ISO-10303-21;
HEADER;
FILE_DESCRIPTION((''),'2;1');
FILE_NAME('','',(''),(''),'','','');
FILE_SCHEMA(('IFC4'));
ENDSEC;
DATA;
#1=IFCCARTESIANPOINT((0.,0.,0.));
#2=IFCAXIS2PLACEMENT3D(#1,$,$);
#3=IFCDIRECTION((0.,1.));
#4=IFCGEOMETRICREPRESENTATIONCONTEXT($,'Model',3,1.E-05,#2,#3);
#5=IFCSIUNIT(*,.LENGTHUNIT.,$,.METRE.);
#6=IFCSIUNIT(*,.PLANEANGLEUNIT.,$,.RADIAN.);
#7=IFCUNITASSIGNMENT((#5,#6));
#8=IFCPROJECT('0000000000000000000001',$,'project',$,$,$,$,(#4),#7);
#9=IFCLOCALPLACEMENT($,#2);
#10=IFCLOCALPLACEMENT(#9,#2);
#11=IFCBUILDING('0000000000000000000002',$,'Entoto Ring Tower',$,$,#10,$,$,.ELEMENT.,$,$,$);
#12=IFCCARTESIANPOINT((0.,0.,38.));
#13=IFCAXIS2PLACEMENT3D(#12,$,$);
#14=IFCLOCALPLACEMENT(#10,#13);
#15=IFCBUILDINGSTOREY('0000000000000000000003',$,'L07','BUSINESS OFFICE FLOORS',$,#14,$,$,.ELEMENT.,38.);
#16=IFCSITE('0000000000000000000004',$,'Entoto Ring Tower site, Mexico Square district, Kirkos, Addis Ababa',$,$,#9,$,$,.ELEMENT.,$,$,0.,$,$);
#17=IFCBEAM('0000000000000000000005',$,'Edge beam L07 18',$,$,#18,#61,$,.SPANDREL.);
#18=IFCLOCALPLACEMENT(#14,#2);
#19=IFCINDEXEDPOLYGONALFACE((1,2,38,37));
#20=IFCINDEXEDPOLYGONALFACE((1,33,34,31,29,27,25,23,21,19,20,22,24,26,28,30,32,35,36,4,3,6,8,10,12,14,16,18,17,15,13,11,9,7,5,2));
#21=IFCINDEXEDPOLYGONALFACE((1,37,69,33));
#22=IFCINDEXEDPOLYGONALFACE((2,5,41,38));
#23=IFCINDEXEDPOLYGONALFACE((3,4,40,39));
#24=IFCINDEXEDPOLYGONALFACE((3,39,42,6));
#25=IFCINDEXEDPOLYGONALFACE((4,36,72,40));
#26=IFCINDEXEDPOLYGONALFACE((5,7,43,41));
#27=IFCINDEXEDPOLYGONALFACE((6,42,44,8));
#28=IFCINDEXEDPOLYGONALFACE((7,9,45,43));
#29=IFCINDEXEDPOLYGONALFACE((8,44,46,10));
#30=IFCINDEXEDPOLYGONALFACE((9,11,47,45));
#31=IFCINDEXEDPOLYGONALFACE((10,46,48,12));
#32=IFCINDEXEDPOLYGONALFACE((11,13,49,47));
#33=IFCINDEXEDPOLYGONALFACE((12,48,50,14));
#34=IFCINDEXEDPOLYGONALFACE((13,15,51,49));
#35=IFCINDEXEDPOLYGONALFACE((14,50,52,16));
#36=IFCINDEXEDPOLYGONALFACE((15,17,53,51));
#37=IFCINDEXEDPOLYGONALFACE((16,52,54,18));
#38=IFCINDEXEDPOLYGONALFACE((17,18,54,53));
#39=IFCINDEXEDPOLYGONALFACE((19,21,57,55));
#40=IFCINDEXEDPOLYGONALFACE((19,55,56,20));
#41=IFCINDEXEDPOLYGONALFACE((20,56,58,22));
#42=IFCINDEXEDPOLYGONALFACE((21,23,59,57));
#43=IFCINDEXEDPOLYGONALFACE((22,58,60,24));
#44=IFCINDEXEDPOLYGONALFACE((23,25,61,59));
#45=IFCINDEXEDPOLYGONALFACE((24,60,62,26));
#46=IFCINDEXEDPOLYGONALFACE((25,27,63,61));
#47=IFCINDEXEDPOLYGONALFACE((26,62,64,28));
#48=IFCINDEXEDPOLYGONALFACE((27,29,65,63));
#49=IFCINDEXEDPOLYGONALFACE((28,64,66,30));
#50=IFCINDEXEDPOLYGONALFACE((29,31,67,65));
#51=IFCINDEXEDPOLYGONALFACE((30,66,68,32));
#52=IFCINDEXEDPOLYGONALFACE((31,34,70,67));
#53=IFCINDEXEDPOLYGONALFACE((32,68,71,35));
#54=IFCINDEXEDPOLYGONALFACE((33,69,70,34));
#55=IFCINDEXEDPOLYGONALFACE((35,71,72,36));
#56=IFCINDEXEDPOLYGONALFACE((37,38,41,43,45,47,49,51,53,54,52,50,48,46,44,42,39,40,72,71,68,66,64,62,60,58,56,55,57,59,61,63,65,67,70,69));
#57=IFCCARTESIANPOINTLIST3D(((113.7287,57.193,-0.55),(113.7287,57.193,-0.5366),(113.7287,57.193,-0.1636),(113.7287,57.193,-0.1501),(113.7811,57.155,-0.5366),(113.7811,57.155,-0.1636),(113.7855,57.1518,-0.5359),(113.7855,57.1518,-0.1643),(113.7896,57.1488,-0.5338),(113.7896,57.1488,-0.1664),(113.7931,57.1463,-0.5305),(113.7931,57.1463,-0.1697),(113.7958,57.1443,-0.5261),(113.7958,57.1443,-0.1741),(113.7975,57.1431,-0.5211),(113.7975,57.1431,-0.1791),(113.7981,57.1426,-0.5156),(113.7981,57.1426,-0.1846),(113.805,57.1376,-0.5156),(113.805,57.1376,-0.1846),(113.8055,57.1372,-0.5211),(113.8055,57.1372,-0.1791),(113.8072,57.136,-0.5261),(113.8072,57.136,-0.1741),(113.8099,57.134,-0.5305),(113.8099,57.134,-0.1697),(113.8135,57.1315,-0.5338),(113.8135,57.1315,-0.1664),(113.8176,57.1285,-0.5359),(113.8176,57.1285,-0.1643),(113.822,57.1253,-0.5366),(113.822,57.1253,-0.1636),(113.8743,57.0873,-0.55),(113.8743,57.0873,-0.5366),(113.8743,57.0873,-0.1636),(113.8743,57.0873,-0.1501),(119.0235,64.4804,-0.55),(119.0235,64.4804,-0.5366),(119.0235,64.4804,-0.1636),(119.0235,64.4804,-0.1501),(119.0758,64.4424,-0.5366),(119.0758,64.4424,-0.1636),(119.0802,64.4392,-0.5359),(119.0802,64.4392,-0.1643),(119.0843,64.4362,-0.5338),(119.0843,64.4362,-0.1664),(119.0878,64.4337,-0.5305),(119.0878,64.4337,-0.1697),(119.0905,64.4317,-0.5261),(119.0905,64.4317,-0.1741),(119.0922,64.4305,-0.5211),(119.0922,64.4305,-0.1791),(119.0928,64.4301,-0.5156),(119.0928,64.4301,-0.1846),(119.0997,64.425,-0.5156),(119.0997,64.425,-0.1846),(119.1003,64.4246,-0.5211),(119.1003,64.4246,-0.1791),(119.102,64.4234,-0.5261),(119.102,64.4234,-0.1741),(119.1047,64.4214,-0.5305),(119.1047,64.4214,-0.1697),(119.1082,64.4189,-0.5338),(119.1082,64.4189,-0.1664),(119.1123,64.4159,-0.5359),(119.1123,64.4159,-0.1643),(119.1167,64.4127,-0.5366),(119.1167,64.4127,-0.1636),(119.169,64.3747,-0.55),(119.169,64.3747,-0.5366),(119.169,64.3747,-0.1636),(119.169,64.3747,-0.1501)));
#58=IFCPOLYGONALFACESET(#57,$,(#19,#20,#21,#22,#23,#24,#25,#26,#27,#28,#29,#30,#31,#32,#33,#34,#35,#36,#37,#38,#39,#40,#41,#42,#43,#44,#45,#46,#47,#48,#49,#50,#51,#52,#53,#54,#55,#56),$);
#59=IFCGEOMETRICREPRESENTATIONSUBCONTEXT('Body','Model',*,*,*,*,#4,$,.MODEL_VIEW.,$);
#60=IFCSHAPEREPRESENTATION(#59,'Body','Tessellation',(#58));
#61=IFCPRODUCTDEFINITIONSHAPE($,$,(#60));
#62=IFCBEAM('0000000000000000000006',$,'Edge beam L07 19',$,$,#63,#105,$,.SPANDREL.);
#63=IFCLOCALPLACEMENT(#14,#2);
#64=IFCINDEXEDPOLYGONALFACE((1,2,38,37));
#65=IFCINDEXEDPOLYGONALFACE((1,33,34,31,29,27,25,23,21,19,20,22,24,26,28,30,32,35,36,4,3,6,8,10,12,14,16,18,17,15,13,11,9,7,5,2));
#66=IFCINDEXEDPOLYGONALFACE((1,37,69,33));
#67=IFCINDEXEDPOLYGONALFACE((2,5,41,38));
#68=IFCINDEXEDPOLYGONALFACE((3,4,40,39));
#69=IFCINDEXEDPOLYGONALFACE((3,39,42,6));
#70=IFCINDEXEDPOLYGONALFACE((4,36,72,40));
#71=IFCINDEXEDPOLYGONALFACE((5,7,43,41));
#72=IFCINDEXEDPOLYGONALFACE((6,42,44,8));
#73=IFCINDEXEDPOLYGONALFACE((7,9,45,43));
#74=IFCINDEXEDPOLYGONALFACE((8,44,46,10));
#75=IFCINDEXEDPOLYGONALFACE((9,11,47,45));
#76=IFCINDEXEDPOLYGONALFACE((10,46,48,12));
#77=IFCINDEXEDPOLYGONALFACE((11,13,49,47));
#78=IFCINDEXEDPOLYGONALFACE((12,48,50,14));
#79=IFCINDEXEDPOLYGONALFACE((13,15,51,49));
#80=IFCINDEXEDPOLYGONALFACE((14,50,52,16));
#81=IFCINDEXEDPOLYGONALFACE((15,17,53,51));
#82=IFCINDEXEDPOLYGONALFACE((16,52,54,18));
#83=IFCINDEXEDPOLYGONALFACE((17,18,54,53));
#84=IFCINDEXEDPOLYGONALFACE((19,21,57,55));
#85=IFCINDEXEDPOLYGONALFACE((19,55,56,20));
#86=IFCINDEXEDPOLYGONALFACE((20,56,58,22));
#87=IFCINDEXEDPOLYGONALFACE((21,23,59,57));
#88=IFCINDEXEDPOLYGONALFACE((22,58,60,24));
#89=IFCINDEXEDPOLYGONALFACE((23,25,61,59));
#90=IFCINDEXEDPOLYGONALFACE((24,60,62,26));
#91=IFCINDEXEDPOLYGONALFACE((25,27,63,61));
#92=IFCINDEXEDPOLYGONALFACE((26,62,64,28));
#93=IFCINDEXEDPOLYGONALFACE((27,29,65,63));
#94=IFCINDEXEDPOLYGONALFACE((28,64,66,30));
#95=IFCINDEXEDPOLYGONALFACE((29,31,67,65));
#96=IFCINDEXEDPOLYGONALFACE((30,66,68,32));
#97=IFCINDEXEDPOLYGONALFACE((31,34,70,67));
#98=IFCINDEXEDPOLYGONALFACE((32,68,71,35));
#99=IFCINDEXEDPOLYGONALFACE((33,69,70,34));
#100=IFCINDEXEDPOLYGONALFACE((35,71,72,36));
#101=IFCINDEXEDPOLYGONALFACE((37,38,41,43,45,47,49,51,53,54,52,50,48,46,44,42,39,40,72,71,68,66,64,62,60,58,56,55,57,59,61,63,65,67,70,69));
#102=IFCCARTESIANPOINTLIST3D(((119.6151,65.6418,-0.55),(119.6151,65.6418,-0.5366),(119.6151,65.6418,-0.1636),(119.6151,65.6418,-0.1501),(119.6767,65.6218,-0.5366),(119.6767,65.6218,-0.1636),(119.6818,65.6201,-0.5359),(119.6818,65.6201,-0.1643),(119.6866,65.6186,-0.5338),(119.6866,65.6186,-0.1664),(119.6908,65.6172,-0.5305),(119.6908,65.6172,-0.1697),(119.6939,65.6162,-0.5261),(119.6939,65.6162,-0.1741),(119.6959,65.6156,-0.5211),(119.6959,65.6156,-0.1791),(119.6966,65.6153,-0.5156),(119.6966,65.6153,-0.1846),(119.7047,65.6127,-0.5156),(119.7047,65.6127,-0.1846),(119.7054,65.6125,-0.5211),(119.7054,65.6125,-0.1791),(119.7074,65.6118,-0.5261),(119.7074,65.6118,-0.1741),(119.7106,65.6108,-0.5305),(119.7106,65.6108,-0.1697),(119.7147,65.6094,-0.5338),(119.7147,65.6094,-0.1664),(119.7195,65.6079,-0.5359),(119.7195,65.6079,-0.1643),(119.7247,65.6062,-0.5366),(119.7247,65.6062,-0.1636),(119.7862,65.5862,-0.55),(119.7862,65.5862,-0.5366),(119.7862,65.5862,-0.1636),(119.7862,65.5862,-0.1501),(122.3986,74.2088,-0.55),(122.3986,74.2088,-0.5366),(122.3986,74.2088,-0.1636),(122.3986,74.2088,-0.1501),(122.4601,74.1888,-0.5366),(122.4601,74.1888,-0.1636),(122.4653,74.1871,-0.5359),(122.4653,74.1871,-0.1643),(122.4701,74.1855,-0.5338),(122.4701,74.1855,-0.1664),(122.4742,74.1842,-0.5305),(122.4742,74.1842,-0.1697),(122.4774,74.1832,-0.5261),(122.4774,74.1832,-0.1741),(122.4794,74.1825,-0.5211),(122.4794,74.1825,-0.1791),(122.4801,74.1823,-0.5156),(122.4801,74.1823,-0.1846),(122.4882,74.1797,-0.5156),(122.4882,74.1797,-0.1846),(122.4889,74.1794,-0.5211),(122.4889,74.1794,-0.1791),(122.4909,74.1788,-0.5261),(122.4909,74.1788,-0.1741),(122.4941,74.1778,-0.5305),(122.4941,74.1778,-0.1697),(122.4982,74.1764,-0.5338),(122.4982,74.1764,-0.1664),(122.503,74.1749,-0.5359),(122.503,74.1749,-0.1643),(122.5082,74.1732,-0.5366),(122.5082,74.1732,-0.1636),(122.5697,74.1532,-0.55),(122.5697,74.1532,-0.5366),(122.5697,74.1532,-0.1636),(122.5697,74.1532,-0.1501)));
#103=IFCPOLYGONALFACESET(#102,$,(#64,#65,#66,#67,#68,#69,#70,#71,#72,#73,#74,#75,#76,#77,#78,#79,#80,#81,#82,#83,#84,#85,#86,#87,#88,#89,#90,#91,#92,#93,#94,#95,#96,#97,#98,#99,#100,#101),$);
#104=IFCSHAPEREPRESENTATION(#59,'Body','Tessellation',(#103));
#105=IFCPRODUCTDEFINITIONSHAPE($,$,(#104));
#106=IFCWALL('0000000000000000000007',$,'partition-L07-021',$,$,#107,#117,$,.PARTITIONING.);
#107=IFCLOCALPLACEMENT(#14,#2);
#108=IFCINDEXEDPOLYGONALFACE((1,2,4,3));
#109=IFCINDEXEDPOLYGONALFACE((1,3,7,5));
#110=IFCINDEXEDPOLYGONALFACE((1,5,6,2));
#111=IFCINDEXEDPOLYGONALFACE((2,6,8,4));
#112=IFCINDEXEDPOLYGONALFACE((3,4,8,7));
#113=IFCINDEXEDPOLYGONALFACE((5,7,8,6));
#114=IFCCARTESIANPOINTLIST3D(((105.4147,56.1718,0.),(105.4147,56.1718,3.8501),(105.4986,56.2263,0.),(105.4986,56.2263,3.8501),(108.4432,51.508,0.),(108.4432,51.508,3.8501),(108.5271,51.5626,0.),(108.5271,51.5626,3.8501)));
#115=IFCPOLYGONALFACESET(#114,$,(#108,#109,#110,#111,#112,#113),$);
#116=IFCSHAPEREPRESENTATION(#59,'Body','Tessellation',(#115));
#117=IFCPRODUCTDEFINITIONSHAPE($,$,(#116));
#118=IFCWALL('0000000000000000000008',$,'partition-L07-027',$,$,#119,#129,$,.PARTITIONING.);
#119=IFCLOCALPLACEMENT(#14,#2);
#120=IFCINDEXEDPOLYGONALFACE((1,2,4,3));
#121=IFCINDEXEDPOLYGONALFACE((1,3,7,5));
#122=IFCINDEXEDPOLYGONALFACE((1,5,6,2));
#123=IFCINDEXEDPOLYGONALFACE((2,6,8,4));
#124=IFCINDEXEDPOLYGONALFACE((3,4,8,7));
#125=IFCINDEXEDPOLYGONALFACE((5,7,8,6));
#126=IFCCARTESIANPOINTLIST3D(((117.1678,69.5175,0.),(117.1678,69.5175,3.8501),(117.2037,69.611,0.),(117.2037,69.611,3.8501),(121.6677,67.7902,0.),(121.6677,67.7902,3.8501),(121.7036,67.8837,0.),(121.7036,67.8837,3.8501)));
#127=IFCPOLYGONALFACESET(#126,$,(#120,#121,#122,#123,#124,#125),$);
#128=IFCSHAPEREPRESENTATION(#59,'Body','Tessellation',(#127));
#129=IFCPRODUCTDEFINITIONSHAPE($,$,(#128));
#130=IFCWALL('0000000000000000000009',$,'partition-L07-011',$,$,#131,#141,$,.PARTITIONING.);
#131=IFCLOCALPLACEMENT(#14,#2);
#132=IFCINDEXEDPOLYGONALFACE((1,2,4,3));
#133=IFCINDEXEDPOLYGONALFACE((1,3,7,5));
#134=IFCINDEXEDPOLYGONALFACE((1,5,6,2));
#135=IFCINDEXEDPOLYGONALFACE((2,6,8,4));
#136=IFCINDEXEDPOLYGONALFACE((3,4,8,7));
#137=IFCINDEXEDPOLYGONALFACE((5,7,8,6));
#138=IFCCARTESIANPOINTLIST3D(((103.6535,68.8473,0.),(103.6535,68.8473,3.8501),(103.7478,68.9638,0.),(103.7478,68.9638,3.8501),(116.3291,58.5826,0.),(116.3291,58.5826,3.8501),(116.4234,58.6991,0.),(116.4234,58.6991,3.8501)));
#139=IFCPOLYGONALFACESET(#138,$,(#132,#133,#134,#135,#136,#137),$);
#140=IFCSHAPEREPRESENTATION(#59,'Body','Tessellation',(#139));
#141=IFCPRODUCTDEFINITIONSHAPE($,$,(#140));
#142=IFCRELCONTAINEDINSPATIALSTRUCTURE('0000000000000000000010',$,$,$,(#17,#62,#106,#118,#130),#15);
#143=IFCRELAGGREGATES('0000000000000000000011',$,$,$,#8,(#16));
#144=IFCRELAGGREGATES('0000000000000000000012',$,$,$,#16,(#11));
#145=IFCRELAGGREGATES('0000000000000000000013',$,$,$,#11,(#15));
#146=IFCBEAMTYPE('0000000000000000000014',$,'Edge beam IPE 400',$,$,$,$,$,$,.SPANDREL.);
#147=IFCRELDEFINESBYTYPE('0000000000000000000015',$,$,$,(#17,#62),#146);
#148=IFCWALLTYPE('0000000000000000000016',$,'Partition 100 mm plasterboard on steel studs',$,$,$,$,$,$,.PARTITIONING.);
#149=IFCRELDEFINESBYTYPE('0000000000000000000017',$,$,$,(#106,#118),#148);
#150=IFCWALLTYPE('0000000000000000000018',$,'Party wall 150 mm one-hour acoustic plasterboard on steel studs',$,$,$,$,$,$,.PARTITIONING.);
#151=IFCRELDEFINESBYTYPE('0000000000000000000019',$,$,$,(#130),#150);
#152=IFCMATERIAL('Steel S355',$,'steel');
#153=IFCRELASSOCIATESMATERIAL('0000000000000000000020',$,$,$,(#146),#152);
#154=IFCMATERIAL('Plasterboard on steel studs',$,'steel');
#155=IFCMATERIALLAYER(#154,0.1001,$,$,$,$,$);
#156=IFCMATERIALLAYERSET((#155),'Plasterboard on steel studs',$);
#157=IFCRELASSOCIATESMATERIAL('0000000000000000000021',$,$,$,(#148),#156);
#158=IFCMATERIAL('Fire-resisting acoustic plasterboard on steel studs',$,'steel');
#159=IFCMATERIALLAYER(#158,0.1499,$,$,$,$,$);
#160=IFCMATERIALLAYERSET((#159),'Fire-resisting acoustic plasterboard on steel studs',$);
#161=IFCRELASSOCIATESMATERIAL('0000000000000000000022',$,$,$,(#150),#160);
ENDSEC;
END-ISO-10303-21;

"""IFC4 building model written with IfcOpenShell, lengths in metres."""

from ifc_helpers import new_model, si_unit, direction, frame, frame_2d, origin, origin_2d, place, context, subcontext, project, spatial, rectangle, i_section, extrude, material, layer, layer_set, material_profile, profile_set, type_object, element, save


model = new_model("IFC4")

# Units and contexts
model_context = context("Model", 3, precision=1e-05, world=origin(), true_north=direction((0.0, 1.0)))
body_context = subcontext(model_context, "Body", "Model", "MODEL_VIEW")
ifc_project = project(units=[si_unit("LENGTHUNIT", "METRE"), si_unit("PLANEANGLEUNIT", "RADIAN")], contexts=[model_context])

# Site, building, storey
site_placement = place(None, origin())
site = spatial("IfcSite", under=ifc_project, at=site_placement, Name="Entoto Ring Tower site, Mexico Square district, Kirkos, Addis Ababa", CompositionType="ELEMENT", RefElevation=0.0)
building_placement = place(site_placement, origin())
building = spatial("IfcBuilding", under=site, at=building_placement, Name="Entoto Ring Tower", CompositionType="ELEMENT")
storey_placement = place(building_placement, frame((0.0, 0.0, 38.0)))
storey = spatial("IfcBuildingStorey", under=building, at=storey_placement, Name="L07", Description="BUSINESS OFFICE FLOORS", CompositionType="ELEMENT", Elevation=38.0)

# Beams
ifc_material_1 = material(Name="Steel S355", Category="steel")
ifc_material_profile_1 = material_profile(ifc_material_1, i_section(OverallWidth=0.1799, OverallDepth=0.3999, WebThickness=0.0085, FlangeThickness=0.0134, FilletRadius=0.021, at=origin_2d()), Name="IPE 400")
ifc_profile_set_1 = profile_set([ifc_material_profile_1], Name="Steel S355")
beam_type = type_object("IfcBeamType", Name="Edge beam IPE 400", PredefinedType="SPANDREL", material=ifc_profile_set_1)
for number, where, z_axis, x_axis, name in (
    (1, (113.8015, 57.1401, -0.3501), (0.587793, 0.809011, 0.0), (-0.809011, 0.587793, 0.0), "Edge beam L07 18"),
    (2, (119.7007, 65.614, -0.3501), (0.309006, 0.95106, 0.0), (-0.95106, 0.309006, 0.0), "Edge beam L07 19"),
):
    element("IfcBeam", number, at=place(storey_placement, frame(where, z_axis=z_axis, x_axis=x_axis)), inside=storey, type_object=beam_type, Name=name, PredefinedType="SPANDREL", context=body_context, shape_type="SweptSolid", body=[
        extrude(i_section(OverallWidth=0.1799, OverallDepth=0.3999, WebThickness=0.0085, FlangeThickness=0.0134, FilletRadius=0.021, at=origin_2d()), origin(), (0.0, 0.0, 1.0), 9.0078),
    ])

# Walls
ifc_material_2 = material(Name="Plasterboard on steel studs", Category="steel")
ifc_layer_1 = layer(ifc_material_2, 0.1001)
ifc_layer_set_1 = layer_set([ifc_layer_1], Name="Plasterboard on steel studs")
wall_type_1 = type_object("IfcWallType", Name="Partition 100 mm plasterboard on steel studs", PredefinedType="PARTITIONING", material=ifc_layer_set_1)
wall_1_placement = place(storey_placement, frame((108.4851, 51.5354, 0.0), z_axis=(0.0, 0.0, 1.0), x_axis=(-0.544619, 0.838683, 0.0)))
element("IfcWall", 3, at=wall_1_placement, inside=storey, type_object=wall_type_1, Name="partition-L07-021", PredefinedType="PARTITIONING", context=body_context, shape_type="SweptSolid", body=[
    extrude(rectangle(XDim=5.5608, YDim=0.1001, at=frame_2d((2.7803, 0.0))), origin(), (0.0, 0.0, 1.0), 3.8501),
])
wall_2_placement = place(storey_placement, frame((121.6858, 67.8369, 0.0), z_axis=(0.0, 0.0, 1.0), x_axis=(-0.933587, 0.358351, 0.0)))
element("IfcWall", 4, at=wall_2_placement, inside=storey, type_object=wall_type_1, Name="partition-L07-027", PredefinedType="PARTITIONING", context=body_context, shape_type="SweptSolid", body=[
    extrude(rectangle(XDim=4.8201, YDim=0.1001, at=frame_2d((2.4102, 0.0))), origin(), (0.0, 0.0, 1.0), 3.8501),
])
ifc_material_3 = material(Name="Fire-resisting acoustic plasterboard on steel studs", Category="steel")
ifc_layer_2 = layer(ifc_material_3, 0.1499)
ifc_layer_set_2 = layer_set([ifc_layer_2], Name="Fire-resisting acoustic plasterboard on steel studs")
wall_type_2 = type_object("IfcWallType", Name="Party wall 150 mm one-hour acoustic plasterboard on steel studs", PredefinedType="PARTITIONING", material=ifc_layer_set_2)
wall_3_placement = place(storey_placement, frame((116.3762, 58.6409, 0.0), z_axis=(0.0, 0.0, 1.0), x_axis=(-0.77714, 0.629328, 0.0)))
element("IfcWall", 5, at=wall_3_placement, inside=storey, type_object=wall_type_2, Name="partition-L07-011", PredefinedType="PARTITIONING", context=body_context, shape_type="SweptSolid", body=[
    extrude(rectangle(XDim=16.3105, YDim=0.1499, at=frame_2d((8.1553, 0.0))), origin(), (0.0, 0.0, 1.0), 3.8501),
])

save(model, "model.ifc")
